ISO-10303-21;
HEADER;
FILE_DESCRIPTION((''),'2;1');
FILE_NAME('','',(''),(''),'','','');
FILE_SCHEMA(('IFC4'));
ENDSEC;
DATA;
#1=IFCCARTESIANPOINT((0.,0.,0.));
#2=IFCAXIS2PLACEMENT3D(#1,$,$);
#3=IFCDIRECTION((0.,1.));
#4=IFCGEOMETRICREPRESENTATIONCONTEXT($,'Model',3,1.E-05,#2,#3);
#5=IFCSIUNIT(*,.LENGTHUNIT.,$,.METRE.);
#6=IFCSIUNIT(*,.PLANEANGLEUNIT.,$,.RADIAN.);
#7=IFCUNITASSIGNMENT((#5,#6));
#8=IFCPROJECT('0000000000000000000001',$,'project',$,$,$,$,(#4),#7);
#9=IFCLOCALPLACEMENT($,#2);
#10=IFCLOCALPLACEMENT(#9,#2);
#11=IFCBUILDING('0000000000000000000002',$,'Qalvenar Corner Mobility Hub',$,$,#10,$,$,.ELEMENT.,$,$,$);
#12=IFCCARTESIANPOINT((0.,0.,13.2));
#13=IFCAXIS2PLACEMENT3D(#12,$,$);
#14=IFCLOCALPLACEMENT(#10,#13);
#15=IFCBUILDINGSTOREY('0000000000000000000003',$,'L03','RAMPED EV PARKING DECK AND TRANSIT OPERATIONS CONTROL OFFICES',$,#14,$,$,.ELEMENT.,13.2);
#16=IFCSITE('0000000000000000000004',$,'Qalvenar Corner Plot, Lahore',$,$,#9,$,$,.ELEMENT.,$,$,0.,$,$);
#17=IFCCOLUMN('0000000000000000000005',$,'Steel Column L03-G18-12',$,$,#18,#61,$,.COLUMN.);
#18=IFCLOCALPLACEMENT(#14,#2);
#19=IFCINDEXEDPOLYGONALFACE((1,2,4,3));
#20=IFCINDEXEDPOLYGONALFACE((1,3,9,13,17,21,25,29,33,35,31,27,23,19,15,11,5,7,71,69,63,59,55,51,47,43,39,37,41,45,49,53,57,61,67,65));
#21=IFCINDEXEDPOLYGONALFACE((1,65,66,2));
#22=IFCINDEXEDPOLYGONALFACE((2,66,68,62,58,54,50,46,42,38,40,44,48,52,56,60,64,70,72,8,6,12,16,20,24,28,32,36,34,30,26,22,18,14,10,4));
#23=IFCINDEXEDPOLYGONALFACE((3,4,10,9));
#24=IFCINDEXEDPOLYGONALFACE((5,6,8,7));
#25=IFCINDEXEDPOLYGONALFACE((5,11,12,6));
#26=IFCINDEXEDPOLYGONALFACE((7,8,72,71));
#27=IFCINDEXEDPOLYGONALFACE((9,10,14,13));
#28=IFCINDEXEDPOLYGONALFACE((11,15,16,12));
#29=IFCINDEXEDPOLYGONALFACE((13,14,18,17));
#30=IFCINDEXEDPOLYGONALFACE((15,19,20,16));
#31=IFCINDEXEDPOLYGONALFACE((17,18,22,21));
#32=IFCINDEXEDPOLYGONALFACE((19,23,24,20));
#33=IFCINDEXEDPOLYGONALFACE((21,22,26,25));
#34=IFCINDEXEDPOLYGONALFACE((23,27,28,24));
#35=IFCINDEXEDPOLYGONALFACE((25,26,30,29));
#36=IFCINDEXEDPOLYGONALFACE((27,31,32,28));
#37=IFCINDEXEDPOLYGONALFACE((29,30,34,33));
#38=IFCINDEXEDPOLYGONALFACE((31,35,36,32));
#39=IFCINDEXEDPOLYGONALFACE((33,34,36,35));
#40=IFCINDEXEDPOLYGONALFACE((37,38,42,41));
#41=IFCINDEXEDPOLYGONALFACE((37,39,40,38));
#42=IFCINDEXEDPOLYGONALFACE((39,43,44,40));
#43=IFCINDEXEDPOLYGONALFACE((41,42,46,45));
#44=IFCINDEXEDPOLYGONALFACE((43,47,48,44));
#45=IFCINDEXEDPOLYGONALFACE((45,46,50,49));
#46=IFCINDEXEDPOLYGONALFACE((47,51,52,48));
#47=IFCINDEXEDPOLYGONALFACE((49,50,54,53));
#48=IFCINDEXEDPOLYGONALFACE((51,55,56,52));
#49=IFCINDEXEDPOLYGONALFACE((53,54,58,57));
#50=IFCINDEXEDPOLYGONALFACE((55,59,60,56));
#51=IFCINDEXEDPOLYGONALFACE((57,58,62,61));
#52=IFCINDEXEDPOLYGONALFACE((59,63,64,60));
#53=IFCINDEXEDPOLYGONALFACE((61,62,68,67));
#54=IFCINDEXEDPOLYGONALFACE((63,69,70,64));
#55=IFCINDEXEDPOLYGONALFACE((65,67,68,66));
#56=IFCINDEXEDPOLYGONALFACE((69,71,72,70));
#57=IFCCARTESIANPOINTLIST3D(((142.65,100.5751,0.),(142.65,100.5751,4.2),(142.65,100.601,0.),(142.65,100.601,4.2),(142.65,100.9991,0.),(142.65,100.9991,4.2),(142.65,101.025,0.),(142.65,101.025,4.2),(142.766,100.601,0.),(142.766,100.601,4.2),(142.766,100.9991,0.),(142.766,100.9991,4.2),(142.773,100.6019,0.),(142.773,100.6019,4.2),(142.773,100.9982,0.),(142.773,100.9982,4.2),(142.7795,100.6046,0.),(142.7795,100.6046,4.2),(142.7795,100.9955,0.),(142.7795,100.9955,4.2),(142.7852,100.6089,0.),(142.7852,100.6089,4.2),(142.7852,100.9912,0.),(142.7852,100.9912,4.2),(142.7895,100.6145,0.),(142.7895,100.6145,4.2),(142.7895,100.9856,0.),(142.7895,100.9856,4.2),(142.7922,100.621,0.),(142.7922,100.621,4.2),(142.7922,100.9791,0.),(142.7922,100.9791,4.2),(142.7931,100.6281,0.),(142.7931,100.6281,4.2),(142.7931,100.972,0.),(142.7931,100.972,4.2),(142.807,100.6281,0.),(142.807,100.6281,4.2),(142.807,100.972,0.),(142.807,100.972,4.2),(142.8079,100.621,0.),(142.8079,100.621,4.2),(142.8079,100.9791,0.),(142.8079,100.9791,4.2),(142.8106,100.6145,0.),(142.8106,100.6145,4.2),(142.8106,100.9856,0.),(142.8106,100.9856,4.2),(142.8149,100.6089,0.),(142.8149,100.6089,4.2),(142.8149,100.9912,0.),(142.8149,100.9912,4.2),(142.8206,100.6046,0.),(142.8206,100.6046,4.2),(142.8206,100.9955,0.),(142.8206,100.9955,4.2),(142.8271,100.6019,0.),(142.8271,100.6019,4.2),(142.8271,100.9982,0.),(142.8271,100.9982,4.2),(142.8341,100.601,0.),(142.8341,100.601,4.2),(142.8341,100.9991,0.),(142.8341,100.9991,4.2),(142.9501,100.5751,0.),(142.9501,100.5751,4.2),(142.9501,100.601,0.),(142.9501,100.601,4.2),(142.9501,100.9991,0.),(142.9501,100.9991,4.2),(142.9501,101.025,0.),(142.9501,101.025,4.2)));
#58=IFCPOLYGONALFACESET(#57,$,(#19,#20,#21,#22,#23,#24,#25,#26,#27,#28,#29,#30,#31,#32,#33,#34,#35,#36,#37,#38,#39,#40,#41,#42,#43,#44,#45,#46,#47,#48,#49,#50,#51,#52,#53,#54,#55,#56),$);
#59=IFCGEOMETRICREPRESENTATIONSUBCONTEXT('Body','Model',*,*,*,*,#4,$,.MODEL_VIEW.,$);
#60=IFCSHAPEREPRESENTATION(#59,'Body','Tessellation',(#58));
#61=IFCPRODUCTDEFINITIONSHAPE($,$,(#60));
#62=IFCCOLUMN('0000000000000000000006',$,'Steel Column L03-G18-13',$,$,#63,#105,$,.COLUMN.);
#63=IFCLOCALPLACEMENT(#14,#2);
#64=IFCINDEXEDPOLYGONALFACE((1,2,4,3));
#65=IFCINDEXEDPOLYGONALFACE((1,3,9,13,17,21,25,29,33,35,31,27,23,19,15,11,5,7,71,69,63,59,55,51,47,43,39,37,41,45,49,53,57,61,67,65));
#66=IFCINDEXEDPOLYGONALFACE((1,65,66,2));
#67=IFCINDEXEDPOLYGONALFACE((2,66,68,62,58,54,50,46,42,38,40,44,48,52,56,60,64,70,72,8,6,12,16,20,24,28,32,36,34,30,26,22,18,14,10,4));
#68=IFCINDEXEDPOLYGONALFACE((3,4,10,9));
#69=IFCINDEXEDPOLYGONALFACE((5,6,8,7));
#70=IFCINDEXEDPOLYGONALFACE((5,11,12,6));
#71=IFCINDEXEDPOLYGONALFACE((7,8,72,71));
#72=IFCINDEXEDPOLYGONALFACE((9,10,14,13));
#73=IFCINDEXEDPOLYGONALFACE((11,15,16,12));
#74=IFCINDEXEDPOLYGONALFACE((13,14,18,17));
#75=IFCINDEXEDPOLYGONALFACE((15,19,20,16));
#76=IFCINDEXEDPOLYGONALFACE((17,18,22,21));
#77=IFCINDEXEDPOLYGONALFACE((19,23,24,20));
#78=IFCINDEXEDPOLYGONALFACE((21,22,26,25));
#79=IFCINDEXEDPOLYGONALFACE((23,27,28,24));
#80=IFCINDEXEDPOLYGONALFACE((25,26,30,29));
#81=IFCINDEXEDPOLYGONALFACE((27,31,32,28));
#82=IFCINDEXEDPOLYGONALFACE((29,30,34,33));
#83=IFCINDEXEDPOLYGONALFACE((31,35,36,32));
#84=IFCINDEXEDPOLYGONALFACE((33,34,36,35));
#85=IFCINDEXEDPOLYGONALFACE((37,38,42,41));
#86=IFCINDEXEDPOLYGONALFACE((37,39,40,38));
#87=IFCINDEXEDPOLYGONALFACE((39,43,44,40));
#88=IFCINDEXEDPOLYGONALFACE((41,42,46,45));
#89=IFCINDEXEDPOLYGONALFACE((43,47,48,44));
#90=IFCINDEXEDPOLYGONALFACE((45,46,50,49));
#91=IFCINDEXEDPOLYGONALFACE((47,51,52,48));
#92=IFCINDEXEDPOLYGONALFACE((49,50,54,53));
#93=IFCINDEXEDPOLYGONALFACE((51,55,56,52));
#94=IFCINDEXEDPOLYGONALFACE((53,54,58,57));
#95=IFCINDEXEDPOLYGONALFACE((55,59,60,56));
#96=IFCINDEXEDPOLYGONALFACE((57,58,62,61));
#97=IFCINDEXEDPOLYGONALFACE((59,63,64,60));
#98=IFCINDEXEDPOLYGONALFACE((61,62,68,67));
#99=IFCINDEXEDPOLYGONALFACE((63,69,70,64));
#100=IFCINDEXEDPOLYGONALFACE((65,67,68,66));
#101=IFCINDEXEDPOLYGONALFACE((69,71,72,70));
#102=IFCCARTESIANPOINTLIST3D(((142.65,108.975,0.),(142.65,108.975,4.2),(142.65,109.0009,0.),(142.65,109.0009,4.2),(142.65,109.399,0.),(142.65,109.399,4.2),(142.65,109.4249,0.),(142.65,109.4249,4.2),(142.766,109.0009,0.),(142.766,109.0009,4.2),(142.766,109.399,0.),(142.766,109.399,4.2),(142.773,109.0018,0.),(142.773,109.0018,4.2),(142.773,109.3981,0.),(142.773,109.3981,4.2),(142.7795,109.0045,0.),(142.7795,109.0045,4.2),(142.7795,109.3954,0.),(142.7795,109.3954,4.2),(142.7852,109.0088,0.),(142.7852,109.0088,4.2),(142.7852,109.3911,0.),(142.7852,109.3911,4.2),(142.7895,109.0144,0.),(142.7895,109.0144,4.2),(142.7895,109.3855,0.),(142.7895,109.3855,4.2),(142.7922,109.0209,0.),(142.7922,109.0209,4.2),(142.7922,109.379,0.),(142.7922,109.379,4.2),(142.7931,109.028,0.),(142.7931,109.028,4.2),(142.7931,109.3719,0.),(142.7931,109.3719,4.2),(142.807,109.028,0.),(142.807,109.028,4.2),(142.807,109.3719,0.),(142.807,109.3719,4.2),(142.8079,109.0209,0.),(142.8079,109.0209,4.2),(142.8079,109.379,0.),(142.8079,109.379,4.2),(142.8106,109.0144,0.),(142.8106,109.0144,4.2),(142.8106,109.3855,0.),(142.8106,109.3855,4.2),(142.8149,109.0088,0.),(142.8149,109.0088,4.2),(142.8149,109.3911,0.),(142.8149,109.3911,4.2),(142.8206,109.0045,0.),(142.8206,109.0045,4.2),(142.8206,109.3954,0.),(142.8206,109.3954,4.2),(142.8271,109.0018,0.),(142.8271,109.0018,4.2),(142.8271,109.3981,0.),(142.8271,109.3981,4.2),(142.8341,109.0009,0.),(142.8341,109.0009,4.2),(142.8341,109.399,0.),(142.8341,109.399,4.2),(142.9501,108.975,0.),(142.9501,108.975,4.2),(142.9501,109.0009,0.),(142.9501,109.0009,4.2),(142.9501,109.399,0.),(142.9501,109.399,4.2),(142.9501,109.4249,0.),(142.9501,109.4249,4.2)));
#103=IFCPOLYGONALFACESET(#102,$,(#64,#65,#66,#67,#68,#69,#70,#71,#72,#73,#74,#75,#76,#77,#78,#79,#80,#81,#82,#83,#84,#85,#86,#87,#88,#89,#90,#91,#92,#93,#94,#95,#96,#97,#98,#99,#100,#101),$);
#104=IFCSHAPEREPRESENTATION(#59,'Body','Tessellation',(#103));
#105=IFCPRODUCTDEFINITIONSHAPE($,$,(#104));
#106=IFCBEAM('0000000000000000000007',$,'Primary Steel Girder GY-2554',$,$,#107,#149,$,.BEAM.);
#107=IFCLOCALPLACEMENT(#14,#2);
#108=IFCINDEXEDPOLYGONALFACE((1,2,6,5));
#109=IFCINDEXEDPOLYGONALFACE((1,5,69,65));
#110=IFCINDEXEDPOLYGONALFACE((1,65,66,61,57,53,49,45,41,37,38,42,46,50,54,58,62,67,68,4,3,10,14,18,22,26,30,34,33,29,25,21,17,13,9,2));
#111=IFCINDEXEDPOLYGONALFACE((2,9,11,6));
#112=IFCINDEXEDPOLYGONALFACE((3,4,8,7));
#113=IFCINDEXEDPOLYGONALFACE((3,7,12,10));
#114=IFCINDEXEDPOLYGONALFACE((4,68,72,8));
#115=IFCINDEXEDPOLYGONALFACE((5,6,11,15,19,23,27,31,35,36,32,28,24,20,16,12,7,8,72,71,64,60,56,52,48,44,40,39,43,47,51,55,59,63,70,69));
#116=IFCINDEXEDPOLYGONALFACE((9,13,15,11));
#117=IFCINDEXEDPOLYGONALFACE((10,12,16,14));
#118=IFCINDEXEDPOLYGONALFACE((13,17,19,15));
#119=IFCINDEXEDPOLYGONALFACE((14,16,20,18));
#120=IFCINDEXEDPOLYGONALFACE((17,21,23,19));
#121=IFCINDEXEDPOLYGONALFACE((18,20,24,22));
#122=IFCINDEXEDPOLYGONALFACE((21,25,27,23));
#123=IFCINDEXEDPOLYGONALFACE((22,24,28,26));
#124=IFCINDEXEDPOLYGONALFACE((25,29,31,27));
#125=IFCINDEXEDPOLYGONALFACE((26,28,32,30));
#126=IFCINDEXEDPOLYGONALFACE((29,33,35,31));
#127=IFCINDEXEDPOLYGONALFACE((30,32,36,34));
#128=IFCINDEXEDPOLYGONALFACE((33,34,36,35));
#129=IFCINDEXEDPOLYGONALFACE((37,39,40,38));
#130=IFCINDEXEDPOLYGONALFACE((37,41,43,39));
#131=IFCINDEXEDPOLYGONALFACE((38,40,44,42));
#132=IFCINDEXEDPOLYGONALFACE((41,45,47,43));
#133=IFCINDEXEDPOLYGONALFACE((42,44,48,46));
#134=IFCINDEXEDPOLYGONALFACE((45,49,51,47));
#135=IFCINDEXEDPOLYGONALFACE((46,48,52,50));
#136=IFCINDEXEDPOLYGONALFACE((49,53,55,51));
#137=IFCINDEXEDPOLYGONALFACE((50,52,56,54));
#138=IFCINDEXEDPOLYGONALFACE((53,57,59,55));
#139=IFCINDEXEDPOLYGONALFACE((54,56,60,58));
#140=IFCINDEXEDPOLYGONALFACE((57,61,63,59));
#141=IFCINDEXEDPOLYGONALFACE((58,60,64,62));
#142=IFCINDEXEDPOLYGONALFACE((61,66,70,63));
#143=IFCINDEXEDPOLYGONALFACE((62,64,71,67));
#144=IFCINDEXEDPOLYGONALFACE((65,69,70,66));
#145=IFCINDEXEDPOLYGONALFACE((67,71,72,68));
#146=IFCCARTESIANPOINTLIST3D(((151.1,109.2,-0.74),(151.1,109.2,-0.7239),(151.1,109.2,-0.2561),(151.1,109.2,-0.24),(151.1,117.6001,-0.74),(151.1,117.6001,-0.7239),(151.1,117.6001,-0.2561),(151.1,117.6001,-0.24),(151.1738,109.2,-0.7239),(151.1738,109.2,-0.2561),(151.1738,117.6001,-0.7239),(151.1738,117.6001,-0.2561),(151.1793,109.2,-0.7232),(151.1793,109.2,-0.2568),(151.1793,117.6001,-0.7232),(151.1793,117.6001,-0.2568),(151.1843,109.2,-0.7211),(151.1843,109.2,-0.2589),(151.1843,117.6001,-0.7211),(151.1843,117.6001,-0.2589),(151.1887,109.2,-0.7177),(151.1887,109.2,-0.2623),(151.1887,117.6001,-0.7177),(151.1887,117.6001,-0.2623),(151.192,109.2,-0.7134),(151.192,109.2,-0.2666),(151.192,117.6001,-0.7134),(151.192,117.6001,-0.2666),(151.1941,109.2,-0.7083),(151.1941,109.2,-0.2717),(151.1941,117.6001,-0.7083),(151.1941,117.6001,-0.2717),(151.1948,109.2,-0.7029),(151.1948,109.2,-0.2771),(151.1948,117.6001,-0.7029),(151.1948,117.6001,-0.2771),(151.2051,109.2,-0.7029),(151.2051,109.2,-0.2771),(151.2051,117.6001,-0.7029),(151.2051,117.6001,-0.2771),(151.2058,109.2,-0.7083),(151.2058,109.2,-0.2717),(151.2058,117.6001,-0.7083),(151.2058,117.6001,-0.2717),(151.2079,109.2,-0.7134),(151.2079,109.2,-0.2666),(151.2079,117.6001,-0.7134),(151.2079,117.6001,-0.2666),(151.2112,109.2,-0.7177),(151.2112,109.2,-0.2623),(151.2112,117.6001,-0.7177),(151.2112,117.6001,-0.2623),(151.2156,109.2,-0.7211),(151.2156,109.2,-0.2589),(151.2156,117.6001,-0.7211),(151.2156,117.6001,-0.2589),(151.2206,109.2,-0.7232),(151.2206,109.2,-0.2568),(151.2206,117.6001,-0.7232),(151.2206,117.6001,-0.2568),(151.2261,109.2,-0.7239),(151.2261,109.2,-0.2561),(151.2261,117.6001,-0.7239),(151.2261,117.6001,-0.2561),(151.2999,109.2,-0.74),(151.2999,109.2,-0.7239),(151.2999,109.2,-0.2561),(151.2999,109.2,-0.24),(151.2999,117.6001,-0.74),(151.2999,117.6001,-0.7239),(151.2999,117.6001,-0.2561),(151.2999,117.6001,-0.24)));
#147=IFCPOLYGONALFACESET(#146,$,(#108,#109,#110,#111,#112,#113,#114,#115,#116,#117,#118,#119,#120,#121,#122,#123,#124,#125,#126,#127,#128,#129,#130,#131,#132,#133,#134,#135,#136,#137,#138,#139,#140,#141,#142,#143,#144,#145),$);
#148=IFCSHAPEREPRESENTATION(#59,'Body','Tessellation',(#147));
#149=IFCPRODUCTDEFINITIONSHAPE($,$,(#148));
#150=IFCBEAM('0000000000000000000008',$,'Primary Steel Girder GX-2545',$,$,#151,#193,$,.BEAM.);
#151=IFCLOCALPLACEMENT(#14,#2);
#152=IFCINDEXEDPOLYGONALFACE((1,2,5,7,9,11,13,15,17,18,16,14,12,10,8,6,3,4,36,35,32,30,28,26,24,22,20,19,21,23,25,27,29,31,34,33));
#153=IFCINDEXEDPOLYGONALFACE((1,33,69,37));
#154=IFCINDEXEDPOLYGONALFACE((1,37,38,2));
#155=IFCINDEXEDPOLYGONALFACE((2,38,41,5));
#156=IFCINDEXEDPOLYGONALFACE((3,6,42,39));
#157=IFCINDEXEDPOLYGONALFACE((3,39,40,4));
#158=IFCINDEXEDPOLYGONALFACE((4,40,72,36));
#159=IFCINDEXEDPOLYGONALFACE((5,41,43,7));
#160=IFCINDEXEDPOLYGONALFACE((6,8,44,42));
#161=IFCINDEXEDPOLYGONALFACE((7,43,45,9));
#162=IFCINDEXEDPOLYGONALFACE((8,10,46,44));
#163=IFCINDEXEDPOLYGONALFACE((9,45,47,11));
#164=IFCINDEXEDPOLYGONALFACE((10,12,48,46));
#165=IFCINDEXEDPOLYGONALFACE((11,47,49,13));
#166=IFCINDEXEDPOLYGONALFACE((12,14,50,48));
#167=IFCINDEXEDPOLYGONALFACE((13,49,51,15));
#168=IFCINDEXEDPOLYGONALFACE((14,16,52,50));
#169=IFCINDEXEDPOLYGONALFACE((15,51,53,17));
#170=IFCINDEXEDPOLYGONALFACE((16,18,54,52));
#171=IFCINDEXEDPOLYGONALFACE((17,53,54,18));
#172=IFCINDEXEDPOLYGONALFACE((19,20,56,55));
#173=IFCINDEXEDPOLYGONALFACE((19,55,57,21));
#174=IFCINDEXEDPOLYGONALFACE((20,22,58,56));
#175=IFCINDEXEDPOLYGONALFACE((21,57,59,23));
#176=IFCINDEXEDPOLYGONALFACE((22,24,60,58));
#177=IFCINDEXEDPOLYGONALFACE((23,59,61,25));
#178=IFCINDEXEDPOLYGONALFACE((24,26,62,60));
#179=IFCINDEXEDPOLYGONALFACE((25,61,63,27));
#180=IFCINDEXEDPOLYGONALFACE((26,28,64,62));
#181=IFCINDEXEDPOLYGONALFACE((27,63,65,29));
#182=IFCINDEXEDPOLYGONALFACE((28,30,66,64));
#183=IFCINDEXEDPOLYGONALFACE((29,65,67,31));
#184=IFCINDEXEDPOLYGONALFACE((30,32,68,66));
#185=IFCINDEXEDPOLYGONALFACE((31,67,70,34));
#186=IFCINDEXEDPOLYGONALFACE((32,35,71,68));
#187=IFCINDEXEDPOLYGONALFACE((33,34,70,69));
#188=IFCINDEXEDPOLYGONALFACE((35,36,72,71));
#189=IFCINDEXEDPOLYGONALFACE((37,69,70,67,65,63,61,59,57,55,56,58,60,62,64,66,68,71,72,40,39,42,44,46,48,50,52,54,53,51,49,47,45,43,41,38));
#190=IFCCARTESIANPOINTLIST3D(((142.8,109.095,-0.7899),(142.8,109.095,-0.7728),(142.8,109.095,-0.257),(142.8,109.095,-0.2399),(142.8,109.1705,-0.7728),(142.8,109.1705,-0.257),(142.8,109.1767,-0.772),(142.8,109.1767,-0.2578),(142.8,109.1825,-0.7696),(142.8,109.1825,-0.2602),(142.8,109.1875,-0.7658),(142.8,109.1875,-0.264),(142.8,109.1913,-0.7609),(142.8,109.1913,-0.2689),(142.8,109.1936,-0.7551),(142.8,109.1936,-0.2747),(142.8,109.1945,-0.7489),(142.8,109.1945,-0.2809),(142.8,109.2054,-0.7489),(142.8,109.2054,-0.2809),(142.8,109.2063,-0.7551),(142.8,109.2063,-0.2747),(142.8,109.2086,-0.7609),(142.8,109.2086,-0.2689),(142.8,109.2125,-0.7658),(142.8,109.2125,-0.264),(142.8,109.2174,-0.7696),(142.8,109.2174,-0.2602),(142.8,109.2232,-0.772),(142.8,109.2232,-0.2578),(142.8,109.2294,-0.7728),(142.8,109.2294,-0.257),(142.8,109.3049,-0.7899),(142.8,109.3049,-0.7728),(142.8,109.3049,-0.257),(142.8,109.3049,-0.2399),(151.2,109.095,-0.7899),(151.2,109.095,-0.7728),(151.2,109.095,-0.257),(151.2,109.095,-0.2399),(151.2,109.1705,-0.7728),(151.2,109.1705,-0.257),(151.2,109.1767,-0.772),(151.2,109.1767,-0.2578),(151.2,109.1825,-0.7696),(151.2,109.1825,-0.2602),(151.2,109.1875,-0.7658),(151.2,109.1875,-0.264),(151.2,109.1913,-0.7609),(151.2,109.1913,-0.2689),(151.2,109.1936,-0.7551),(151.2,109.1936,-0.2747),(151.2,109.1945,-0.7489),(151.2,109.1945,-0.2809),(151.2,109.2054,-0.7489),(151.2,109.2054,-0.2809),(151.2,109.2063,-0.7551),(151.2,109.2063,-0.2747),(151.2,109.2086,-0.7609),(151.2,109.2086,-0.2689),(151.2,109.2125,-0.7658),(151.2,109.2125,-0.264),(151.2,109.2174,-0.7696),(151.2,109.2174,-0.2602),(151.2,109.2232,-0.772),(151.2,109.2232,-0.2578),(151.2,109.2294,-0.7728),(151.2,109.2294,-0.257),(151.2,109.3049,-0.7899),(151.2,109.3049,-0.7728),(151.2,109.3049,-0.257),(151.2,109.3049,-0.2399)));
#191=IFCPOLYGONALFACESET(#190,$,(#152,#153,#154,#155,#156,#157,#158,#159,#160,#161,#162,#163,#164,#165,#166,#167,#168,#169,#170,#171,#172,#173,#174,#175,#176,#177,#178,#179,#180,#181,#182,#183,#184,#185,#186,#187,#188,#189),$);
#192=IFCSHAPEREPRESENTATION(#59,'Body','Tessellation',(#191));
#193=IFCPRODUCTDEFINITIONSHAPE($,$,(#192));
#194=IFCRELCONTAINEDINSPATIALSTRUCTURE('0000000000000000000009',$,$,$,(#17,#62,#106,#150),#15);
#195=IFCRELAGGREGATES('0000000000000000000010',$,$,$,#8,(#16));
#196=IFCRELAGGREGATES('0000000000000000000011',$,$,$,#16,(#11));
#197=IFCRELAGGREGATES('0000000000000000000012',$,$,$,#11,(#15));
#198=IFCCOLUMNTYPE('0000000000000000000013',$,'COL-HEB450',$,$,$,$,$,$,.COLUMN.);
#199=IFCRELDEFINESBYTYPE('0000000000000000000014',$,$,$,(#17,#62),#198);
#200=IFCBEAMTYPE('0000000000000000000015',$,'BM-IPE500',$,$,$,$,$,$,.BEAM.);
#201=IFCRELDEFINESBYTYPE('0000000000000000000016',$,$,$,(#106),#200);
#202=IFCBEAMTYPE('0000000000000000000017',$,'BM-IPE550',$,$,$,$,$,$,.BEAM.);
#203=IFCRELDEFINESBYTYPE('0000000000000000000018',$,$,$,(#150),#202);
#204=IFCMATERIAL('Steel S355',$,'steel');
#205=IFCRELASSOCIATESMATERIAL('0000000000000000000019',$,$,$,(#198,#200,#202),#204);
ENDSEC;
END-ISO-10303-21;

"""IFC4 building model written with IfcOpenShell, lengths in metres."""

from ifc_helpers import new_model, si_unit, direction, frame, origin, origin_2d, place, context, subcontext, project, spatial, i_section, extrude, material, material_profile, profile_set, type_object, element, save


model = new_model("IFC4")

# Units and contexts
model_context = context("Model", 3, precision=1e-05, world=origin(), true_north=direction((0.0, 1.0)))
body_context = subcontext(model_context, "Body", "Model", "MODEL_VIEW")
ifc_project = project(units=[si_unit("LENGTHUNIT", "METRE"), si_unit("PLANEANGLEUNIT", "RADIAN")], contexts=[model_context])

# Site, building, storey
site_placement = place(None, origin())
site = spatial("IfcSite", under=ifc_project, at=site_placement, Name="Qalvenar Corner Plot, Lahore", CompositionType="ELEMENT", RefElevation=0.0)
building_placement = place(site_placement, origin())
building = spatial("IfcBuilding", under=site, at=building_placement, Name="Qalvenar Corner Mobility Hub", CompositionType="ELEMENT")
storey_placement = place(building_placement, frame((0.0, 0.0, 13.2)))
storey = spatial("IfcBuildingStorey", under=building, at=storey_placement, Name="L03", Description="RAMPED EV PARKING DECK AND TRANSIT OPERATIONS CONTROL OFFICES", CompositionType="ELEMENT", Elevation=13.2)

# Columns
ifc_material_1 = material(Name="Steel S355", Category="steel")
ifc_material_profile_1 = material_profile(ifc_material_1, i_section(OverallWidth=0.3, OverallDepth=0.45, WebThickness=0.0139, FlangeThickness=0.0259, FilletRadius=0.0271, at=origin_2d()), Name="HEB450")
ifc_profile_set_1 = profile_set([ifc_material_profile_1], Name="Steel S355")
column_type_1 = type_object("IfcColumnType", Name="COL-HEB450", PredefinedType="COLUMN", material=ifc_profile_set_1)
for number, where, z_axis, x_axis, name in (
    (1, (142.8, 100.8, 0.0), (0.0, 0.0, 1.0), (1.0, 0.0, 0.0), "Steel Column L03-G18-12"),
    (2, (142.8, 109.2, 0.0), (0.0, 0.0, 1.0), (1.0, 0.0, 0.0), "Steel Column L03-G18-13"),
):
    element("IfcColumn", number, at=place(storey_placement, frame(where, z_axis=z_axis, x_axis=x_axis)), inside=storey, type_object=column_type_1, Name=name, PredefinedType="COLUMN", context=body_context, shape_type="SweptSolid", body=[
        extrude(i_section(OverallWidth=0.3, OverallDepth=0.45, WebThickness=0.0139, FlangeThickness=0.0259, FilletRadius=0.0271, at=origin_2d()), origin(), (0.0, 0.0, 1.0), 4.2),
    ])

# Beams
ifc_material_profile_2 = material_profile(ifc_material_1, i_section(OverallWidth=0.2, OverallDepth=0.5, WebThickness=0.0103, FlangeThickness=0.0161, FilletRadius=0.021, at=origin_2d()), Name="IPE500")
ifc_profile_set_2 = profile_set([ifc_material_profile_2], Name="Steel S355")
beam_type_1 = type_object("IfcBeamType", Name="BM-IPE500", PredefinedType="BEAM", material=ifc_profile_set_2)
beam_1_placement = place(storey_placement, frame((151.2, 109.2, -0.49), z_axis=(0.0, 1.0, 0.0), x_axis=(-1.0, 0.0, 0.0)))
element("IfcBeam", 3, at=beam_1_placement, inside=storey, type_object=beam_type_1, Name="Primary Steel Girder GY-2554", PredefinedType="BEAM", context=body_context, shape_type="SweptSolid", body=[
    extrude(i_section(OverallWidth=0.2, OverallDepth=0.5, WebThickness=0.0103, FlangeThickness=0.0161, FilletRadius=0.021, at=origin_2d()), origin(), (0.0, 0.0, 1.0), 8.4001),
])
ifc_material_profile_3 = material_profile(ifc_material_1, i_section(OverallWidth=0.21, OverallDepth=0.55, WebThickness=0.011, FlangeThickness=0.0171, FilletRadius=0.0239, at=origin_2d()), Name="IPE550")
ifc_profile_set_3 = profile_set([ifc_material_profile_3], Name="Steel S355")
beam_type_2 = type_object("IfcBeamType", Name="BM-IPE550", PredefinedType="BEAM", material=ifc_profile_set_3)
beam_2_placement = place(storey_placement, frame((142.8, 109.2, -0.5149), z_axis=(1.0, 0.0, 0.0), x_axis=(0.0, 1.0, 0.0)))
element("IfcBeam", 4, at=beam_2_placement, inside=storey, type_object=beam_type_2, Name="Primary Steel Girder GX-2545", PredefinedType="BEAM", context=body_context, shape_type="SweptSolid", body=[
    extrude(i_section(OverallWidth=0.21, OverallDepth=0.55, WebThickness=0.011, FlangeThickness=0.0171, FilletRadius=0.0239, at=origin_2d()), origin(), (0.0, 0.0, 1.0), 8.3999),
])

save(model, "model.ifc")
